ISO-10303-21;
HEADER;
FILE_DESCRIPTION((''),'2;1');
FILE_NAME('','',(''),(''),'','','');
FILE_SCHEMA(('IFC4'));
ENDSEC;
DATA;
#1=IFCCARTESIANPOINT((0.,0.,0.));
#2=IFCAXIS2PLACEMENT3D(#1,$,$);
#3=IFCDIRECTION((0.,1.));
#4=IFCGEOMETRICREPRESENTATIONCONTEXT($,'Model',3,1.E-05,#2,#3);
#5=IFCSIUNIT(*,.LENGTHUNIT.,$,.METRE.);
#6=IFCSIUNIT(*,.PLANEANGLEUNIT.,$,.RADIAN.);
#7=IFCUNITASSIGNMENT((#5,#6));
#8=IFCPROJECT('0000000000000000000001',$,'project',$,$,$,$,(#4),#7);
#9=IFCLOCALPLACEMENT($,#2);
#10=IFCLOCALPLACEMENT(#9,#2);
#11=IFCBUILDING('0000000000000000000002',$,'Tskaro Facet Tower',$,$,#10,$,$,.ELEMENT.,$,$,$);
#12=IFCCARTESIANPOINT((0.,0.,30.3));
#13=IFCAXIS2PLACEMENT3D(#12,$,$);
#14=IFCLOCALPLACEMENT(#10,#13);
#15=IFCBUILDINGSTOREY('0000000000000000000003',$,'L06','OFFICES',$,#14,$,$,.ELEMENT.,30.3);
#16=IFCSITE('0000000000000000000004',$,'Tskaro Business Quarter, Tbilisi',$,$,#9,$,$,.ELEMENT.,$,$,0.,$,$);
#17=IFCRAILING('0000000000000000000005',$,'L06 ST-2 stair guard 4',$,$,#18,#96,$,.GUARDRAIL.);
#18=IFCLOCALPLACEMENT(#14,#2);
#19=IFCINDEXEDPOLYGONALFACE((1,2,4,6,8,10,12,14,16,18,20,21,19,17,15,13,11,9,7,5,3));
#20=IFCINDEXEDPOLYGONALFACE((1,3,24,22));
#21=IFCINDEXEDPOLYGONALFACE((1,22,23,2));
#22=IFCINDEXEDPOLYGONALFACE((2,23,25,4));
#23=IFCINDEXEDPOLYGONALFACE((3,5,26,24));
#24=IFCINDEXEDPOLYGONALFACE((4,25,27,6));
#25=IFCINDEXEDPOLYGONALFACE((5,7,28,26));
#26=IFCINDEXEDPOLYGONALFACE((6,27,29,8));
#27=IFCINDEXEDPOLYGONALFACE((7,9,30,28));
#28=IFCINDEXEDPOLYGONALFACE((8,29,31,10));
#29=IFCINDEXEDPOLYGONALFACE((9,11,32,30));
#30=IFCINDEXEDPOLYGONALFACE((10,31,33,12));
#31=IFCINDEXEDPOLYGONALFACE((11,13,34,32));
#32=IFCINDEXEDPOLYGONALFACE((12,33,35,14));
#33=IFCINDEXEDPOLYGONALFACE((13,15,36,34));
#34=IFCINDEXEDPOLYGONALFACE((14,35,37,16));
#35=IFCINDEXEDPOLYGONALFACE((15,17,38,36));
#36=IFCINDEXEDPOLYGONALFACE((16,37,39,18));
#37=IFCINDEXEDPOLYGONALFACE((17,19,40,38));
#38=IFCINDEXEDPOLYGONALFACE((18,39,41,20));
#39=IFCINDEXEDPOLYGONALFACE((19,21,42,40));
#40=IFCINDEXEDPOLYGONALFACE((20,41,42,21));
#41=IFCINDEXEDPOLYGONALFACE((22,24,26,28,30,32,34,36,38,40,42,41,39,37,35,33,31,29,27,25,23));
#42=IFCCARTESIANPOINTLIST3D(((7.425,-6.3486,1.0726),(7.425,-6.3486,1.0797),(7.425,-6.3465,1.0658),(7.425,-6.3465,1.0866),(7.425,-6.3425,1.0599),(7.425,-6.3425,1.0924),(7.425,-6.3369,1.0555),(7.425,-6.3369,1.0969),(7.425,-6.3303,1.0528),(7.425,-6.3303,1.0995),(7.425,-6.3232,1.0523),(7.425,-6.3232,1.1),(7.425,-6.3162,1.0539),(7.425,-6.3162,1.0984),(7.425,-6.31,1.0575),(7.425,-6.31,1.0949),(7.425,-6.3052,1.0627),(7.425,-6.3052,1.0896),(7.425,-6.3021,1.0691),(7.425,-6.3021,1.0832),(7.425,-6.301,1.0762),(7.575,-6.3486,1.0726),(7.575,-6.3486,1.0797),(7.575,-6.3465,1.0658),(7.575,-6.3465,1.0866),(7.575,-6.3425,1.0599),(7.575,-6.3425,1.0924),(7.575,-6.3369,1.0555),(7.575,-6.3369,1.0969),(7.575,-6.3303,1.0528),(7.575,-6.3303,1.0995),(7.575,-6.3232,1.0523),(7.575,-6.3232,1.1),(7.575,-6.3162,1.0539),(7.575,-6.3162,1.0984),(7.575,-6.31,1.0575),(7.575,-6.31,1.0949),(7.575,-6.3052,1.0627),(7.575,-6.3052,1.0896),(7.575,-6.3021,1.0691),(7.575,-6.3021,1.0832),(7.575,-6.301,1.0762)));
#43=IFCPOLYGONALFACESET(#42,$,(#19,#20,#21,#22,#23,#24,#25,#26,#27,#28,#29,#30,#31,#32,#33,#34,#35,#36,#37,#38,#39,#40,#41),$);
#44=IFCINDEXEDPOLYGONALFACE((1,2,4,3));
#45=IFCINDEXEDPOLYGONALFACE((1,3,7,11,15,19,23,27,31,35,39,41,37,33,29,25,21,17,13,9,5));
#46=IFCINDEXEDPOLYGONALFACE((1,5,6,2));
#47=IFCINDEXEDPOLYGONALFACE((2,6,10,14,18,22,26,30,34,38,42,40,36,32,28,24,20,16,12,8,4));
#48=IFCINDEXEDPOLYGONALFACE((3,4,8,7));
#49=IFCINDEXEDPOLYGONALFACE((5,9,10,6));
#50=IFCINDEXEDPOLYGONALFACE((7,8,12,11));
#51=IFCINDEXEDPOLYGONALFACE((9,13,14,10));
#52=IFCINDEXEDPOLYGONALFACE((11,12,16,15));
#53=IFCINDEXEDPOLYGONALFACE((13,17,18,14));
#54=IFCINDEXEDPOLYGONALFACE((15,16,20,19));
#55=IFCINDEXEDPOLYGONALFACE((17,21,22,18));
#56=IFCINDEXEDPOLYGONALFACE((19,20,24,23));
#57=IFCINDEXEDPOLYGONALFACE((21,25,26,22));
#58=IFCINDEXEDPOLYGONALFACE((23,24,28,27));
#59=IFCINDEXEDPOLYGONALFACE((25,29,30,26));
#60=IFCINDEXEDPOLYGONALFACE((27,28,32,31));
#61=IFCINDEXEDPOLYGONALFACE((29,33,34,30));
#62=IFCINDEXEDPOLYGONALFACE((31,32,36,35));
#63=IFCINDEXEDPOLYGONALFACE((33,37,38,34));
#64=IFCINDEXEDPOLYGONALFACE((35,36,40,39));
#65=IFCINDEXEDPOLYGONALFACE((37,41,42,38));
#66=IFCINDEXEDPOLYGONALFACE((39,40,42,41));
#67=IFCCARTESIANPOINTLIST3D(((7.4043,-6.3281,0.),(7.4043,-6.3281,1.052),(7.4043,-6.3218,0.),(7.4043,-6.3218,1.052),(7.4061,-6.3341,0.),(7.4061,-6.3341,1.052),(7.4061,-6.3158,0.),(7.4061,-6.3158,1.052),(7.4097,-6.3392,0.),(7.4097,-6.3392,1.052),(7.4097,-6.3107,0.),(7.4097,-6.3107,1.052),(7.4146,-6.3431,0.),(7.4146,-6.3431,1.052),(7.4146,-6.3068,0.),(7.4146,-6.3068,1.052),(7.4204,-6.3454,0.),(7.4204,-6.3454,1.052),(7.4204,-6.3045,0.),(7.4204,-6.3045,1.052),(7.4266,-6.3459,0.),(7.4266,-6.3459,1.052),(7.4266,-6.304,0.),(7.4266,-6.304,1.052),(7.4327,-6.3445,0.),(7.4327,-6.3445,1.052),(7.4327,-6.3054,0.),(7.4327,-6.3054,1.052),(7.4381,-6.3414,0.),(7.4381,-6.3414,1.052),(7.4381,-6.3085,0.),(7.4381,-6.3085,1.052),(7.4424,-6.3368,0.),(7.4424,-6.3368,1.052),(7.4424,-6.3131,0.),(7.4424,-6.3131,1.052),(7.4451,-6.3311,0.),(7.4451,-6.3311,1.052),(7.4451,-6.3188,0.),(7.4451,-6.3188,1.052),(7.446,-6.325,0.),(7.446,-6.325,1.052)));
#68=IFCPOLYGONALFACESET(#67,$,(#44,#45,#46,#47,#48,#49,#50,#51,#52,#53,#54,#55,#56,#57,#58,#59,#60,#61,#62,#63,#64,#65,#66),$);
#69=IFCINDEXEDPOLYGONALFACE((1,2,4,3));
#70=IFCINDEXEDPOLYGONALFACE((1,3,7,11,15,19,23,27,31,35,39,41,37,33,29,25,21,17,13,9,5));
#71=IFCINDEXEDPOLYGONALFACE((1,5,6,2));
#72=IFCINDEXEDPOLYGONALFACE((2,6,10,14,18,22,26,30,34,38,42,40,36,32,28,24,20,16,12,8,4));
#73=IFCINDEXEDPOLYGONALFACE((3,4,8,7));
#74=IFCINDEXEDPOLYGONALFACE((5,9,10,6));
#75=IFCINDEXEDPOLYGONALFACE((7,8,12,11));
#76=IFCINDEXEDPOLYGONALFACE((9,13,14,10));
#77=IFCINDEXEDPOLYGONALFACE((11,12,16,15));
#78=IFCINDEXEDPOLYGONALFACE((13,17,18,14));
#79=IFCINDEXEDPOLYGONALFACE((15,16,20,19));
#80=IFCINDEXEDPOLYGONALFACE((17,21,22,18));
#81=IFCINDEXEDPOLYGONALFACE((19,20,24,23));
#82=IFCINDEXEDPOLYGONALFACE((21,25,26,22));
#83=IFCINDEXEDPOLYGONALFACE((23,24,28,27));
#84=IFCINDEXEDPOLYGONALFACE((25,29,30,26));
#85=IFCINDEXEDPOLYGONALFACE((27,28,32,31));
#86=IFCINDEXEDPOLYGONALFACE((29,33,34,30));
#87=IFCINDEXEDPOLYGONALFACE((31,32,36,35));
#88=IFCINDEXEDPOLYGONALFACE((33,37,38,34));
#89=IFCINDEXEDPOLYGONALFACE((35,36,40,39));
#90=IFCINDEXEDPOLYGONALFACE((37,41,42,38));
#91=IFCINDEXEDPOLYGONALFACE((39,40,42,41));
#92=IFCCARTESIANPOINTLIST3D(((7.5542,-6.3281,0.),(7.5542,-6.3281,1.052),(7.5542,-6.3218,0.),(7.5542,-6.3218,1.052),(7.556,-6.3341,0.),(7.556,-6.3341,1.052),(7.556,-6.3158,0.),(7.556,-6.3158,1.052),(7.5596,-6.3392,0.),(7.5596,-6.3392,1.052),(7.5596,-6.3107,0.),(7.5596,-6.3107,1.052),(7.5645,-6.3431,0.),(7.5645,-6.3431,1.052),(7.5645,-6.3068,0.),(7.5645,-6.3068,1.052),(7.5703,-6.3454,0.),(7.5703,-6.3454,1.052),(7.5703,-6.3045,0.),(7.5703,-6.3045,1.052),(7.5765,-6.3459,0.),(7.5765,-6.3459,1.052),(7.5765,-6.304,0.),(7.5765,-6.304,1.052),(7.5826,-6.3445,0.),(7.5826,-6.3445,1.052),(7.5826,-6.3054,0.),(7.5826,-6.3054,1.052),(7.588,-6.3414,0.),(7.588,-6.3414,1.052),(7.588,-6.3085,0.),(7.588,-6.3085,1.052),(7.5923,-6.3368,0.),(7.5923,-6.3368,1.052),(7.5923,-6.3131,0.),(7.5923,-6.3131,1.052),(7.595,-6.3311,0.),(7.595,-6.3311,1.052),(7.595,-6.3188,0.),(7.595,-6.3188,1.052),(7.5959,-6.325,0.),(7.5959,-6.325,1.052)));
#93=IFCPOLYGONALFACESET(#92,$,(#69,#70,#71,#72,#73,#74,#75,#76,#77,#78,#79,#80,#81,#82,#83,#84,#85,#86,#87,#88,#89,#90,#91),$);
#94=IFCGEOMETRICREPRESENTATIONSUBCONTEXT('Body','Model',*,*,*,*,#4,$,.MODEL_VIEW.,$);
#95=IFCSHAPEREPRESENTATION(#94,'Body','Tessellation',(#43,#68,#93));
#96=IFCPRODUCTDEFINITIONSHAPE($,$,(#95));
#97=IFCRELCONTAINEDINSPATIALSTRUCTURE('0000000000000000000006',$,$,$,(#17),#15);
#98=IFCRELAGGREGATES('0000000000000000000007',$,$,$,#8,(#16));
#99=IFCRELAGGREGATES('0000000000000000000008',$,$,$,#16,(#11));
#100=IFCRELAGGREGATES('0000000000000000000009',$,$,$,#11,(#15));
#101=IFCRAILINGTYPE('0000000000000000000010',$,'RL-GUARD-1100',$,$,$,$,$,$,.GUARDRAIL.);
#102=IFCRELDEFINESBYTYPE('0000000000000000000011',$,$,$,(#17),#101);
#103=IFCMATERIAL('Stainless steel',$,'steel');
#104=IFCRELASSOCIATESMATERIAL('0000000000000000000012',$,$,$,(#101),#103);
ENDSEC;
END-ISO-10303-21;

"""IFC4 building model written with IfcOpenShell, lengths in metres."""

from ifc_helpers import new_model, si_unit, direction, frame, origin, origin_2d, place, context, subcontext, project, spatial, circle, extrude, material, type_object, element, save


model = new_model("IFC4")

# Units and contexts
model_context = context("Model", 3, precision=1e-05, world=origin(), true_north=direction((0.0, 1.0)))
body_context = subcontext(model_context, "Body", "Model", "MODEL_VIEW")
ifc_project = project(units=[si_unit("LENGTHUNIT", "METRE"), si_unit("PLANEANGLEUNIT", "RADIAN")], contexts=[model_context])

# Site, building, storey
site_placement = place(None, origin())
site = spatial("IfcSite", under=ifc_project, at=site_placement, Name="Tskaro Business Quarter, Tbilisi", CompositionType="ELEMENT", RefElevation=0.0)
building_placement = place(site_placement, origin())
building = spatial("IfcBuilding", under=site, at=building_placement, Name="Tskaro Facet Tower", CompositionType="ELEMENT")
storey_placement = place(building_placement, frame((0.0, 0.0, 30.3)))
storey = spatial("IfcBuildingStorey", under=building, at=storey_placement, Name="L06", Description="OFFICES", CompositionType="ELEMENT", Elevation=30.3)

# Railing
ifc_material_1 = material(Name="Stainless steel", Category="steel")
railing_type_1 = type_object("IfcRailingType", Name="RL-GUARD-1100", PredefinedType="GUARDRAIL", material=ifc_material_1)
railing_1_placement = place(storey_placement, frame((7.425, -6.325, 0.0)))
element("IfcRailing", 1, at=railing_1_placement, inside=storey, type_object=railing_type_1, Name="L06 ST-2 stair guard 4", PredefinedType="GUARDRAIL", context=body_context, shape_type="SweptSolid", body=[
    extrude(circle(Radius=0.0239, at=origin_2d()), frame((0.0, 0.0, 1.0762), z_axis=(1.0, 0.0, 0.0), x_axis=(0.0, 1.0, 0.0)), (0.0, 0.0, 1.0), 0.1499),
    extrude(circle(Radius=0.021, at=origin_2d()), origin(), (0.0, 0.0, 1.0), 1.052),
    extrude(circle(Radius=0.021, at=origin_2d()), frame((0.1499, 0.0, 0.0)), (0.0, 0.0, 1.0), 1.052),
])

save(model, "model.ifc")
